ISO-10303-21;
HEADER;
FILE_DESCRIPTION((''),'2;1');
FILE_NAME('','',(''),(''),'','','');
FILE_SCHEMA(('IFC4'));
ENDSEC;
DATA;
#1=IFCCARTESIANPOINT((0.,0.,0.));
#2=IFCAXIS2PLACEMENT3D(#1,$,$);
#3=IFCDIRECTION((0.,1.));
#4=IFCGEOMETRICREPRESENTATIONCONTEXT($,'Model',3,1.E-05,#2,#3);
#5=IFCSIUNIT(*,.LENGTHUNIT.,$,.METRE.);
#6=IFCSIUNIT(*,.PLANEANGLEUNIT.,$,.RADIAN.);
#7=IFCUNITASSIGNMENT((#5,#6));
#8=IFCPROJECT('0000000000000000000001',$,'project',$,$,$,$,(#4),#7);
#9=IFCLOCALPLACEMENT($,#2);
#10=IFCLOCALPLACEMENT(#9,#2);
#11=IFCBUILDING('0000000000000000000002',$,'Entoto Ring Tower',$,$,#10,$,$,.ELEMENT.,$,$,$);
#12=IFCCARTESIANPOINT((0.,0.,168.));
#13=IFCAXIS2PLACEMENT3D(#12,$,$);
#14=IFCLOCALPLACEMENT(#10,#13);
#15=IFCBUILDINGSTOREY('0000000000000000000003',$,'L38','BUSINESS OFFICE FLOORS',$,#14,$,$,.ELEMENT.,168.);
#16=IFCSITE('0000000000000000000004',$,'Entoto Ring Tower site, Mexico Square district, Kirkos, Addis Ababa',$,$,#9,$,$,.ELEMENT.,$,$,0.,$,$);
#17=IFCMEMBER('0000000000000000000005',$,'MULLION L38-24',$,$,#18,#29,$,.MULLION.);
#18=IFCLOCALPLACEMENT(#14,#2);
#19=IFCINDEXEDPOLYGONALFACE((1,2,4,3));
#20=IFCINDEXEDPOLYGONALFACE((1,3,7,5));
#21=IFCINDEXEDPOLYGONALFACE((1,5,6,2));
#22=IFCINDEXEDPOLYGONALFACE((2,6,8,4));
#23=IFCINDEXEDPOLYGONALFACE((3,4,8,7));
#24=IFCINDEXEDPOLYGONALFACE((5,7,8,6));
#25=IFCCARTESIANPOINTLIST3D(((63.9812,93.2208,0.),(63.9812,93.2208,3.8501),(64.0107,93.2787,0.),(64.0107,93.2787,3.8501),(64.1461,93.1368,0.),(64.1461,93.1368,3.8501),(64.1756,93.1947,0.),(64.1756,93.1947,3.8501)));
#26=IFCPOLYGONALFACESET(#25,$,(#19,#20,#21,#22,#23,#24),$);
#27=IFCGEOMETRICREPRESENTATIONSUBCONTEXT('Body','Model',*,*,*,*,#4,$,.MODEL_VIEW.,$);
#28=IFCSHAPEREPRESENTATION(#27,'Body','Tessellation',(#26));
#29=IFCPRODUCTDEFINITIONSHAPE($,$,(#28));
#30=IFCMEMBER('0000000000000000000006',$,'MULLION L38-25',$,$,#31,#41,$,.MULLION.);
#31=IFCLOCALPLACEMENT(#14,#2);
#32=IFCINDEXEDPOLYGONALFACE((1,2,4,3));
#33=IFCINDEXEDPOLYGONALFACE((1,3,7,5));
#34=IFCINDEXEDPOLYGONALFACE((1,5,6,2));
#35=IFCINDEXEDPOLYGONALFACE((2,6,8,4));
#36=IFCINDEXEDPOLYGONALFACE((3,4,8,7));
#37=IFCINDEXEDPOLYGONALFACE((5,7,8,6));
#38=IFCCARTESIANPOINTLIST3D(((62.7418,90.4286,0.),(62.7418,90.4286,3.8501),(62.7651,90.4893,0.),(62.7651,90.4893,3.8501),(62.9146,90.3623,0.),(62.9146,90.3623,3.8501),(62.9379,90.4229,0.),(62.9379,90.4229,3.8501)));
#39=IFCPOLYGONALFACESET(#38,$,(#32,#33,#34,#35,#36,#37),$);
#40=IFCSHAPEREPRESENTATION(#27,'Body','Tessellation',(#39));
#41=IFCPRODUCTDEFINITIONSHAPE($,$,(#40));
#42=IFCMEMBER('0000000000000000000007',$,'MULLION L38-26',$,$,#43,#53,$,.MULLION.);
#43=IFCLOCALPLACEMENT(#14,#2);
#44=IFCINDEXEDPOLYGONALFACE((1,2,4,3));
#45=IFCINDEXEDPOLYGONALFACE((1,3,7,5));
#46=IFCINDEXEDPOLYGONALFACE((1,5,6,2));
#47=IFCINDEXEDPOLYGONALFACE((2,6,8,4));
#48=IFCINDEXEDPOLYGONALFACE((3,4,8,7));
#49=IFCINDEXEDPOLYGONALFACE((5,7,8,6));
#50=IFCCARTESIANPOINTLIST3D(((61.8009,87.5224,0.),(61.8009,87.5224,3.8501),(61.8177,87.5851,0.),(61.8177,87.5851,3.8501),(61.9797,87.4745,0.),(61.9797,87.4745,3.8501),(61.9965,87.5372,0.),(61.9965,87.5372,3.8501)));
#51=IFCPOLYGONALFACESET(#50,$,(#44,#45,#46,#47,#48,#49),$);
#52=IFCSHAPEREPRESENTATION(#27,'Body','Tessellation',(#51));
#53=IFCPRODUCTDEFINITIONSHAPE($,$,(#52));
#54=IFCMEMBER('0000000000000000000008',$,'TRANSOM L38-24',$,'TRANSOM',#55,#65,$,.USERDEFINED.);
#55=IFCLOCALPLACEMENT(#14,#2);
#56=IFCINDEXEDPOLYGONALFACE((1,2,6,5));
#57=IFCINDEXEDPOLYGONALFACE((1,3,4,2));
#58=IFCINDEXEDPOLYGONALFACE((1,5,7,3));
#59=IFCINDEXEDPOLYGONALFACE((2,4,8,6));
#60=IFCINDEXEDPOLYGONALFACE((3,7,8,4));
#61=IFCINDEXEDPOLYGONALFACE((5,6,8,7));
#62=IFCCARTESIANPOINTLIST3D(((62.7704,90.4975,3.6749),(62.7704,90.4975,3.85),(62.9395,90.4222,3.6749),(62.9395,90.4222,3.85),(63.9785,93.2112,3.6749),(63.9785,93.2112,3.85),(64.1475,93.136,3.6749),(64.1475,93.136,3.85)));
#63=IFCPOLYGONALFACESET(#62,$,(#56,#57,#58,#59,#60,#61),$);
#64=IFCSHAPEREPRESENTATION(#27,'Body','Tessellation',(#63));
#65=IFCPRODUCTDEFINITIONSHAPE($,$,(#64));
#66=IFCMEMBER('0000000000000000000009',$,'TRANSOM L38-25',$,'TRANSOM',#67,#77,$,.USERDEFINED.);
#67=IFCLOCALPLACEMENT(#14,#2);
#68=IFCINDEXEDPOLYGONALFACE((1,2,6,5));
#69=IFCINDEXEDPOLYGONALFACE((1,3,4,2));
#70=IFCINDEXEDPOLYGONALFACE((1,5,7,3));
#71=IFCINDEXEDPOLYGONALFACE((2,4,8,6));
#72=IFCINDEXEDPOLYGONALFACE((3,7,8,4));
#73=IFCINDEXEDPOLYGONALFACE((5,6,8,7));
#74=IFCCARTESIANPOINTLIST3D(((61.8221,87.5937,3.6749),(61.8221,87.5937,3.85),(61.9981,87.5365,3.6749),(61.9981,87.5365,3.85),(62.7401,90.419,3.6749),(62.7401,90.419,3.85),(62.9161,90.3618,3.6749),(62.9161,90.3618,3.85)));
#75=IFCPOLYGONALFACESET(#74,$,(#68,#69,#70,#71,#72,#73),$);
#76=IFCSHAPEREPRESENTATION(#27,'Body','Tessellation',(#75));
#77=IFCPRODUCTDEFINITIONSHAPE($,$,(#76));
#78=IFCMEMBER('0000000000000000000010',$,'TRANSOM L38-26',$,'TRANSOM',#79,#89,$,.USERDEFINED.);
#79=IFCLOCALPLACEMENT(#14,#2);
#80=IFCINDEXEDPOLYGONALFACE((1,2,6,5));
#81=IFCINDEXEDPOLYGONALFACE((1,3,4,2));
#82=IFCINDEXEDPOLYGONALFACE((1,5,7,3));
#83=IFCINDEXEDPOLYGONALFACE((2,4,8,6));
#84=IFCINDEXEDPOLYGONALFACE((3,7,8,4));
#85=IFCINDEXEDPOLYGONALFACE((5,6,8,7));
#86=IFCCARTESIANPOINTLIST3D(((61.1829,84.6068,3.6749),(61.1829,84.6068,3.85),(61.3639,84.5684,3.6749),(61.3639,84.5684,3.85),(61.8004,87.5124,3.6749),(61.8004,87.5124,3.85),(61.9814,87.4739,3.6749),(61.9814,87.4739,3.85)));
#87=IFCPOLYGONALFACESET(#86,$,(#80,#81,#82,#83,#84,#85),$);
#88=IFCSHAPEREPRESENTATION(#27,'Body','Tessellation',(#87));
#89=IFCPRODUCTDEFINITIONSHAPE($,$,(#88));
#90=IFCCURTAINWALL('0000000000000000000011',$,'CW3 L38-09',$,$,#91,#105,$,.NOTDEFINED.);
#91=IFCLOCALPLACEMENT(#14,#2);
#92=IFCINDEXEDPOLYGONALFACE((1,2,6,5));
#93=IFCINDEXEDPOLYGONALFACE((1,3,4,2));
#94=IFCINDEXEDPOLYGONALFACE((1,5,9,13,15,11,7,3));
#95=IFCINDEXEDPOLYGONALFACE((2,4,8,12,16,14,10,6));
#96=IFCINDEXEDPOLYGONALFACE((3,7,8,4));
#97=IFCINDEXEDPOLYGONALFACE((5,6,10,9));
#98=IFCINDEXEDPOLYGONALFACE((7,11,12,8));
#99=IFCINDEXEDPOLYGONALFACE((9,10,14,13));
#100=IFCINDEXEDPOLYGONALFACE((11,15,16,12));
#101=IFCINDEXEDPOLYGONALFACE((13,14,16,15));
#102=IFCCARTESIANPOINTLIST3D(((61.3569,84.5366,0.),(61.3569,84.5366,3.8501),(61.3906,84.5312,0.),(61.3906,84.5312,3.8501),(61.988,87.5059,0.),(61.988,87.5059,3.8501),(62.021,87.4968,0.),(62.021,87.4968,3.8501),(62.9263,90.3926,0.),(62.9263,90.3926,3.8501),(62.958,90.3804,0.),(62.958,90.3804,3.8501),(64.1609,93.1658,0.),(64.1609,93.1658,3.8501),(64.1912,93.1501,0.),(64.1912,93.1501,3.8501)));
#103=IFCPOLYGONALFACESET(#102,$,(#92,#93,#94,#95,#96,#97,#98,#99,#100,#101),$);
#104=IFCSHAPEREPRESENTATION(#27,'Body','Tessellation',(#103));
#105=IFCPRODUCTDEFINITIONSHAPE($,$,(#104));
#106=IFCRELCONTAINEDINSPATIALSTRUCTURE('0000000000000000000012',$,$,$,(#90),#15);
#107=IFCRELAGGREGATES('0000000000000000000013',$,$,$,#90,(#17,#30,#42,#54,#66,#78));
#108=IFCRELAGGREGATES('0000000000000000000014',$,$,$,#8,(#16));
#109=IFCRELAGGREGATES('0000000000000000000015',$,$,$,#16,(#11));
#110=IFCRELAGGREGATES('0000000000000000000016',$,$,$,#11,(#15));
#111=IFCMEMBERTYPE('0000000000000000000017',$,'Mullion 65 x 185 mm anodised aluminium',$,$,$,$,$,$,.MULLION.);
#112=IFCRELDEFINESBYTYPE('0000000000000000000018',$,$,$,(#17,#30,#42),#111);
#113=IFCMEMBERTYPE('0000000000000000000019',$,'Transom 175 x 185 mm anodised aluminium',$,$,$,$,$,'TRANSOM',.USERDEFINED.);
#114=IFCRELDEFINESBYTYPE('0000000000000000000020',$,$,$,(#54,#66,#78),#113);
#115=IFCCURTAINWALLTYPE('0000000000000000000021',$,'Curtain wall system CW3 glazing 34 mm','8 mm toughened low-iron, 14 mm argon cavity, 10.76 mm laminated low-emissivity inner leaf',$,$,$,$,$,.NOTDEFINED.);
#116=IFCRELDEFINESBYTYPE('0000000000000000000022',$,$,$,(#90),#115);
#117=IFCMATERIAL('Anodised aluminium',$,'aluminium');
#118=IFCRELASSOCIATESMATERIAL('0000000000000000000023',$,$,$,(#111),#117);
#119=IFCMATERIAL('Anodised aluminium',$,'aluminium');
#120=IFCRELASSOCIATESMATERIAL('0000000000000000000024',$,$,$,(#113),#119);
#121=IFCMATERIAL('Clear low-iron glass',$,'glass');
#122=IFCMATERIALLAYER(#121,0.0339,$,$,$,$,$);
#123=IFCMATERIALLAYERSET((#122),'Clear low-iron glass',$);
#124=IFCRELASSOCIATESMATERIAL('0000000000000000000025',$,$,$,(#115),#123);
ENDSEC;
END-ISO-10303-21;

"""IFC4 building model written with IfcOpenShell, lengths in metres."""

from ifc_helpers import new_model, si_unit, direction, frame, origin, origin_2d, place, context, subcontext, project, spatial, polyline, rectangle, outline, extrude, material, layer, layer_set, material_profile, profile_set, type_object, element, aggregate, save


model = new_model("IFC4")

# Units and contexts
model_context = context("Model", 3, precision=1e-05, world=origin(), true_north=direction((0.0, 1.0)))
body_context = subcontext(model_context, "Body", "Model", "MODEL_VIEW")
ifc_project = project(units=[si_unit("LENGTHUNIT", "METRE"), si_unit("PLANEANGLEUNIT", "RADIAN")], contexts=[model_context])

# Members
ifc_material_1 = material(Name="Anodised aluminium", Category="aluminium")
ifc_material_profile_1 = material_profile(ifc_material_1, rectangle(XDim=0.0649, YDim=0.1851, at=origin_2d()), Name="Mullion 65 x 185 mm anodised aluminium")
ifc_profile_set_1 = profile_set([ifc_material_profile_1], Name="Anodised aluminium")
member_type_1 = type_object("IfcMemberType", Name="Mullion 65 x 185 mm anodised aluminium", PredefinedType="MULLION", material=ifc_profile_set_1)
site_placement = place(None, origin())
building_placement = place(site_placement, origin())
storey_placement = place(building_placement, frame((0.0, 0.0, 168.0)))
member_1_placement = place(storey_placement, frame((64.0784, 93.2078, 0.0), z_axis=(0.0, 0.0, 1.0), x_axis=(-0.45399, -0.891007, 0.0)))
member_1 = element("IfcMember", 1, at=member_1_placement, type_object=member_type_1, Name="MULLION L38-24", PredefinedType="MULLION", context=body_context, shape_type="SweptSolid", body=[
    extrude(rectangle(XDim=0.0649, YDim=0.1851, at=origin_2d()), origin(), (0.0, 0.0, 1.0), 3.8501),
])
member_2_placement = place(storey_placement, frame((62.8398, 90.4258, 0.0), z_axis=(0.0, 0.0, 1.0), x_axis=(-0.358368, -0.93358, 0.0)))
member_2 = element("IfcMember", 2, at=member_2_placement, type_object=member_type_1, Name="MULLION L38-25", PredefinedType="MULLION", context=body_context, shape_type="SweptSolid", body=[
    extrude(rectangle(XDim=0.0649, YDim=0.1851, at=origin_2d()), origin(), (0.0, 0.0, 1.0), 3.8501),
])
member_3_placement = place(storey_placement, frame((61.8987, 87.5298, 0.0), z_axis=(0.0, 0.0, 1.0), x_axis=(-0.258819, -0.965926, 0.0)))
member_3 = element("IfcMember", 3, at=member_3_placement, type_object=member_type_1, Name="MULLION L38-26", PredefinedType="MULLION", context=body_context, shape_type="SweptSolid", body=[
    extrude(rectangle(XDim=0.0649, YDim=0.1851, at=origin_2d()), origin(), (0.0, 0.0, 1.0), 3.8501),
])
ifc_material_2 = material(Name="Anodised aluminium", Category="aluminium")
ifc_material_profile_2 = material_profile(ifc_material_2, rectangle(XDim=0.1851, YDim=0.175, at=origin_2d()), Name="Transom 175 x 185 mm anodised aluminium")
ifc_profile_set_2 = profile_set([ifc_material_profile_2], Name="Anodised aluminium")
member_type_2 = type_object("IfcMemberType", Name="Transom 175 x 185 mm anodised aluminium", ElementType="TRANSOM", PredefinedType="USERDEFINED", material=ifc_profile_set_2)
member_4_placement = place(storey_placement, frame((64.063, 93.1736, 3.7625), z_axis=(-0.406687, -0.913567, 0.0), x_axis=(0.913567, -0.406687, 0.0)))
member_4 = element("IfcMember", 4, at=member_4_placement, type_object=member_type_2, Name="TRANSOM L38-24", ObjectType="TRANSOM", PredefinedType="USERDEFINED", context=body_context, shape_type="SweptSolid", body=[
    extrude(rectangle(XDim=0.1851, YDim=0.175, at=origin_2d()), origin(), (0.0, 0.0, 1.0), 2.9705),
])
member_5_placement = place(storey_placement, frame((62.8281, 90.3904, 3.7625), z_axis=(-0.309019, -0.951056, 0.0), x_axis=(0.951056, -0.309019, 0.0)))
member_5 = element("IfcMember", 5, at=member_5_placement, type_object=member_type_2, Name="TRANSOM L38-25", ObjectType="TRANSOM", PredefinedType="USERDEFINED", context=body_context, shape_type="SweptSolid", body=[
    extrude(rectangle(XDim=0.1851, YDim=0.175, at=origin_2d()), origin(), (0.0, 0.0, 1.0), 2.9707),
])
member_6_placement = place(storey_placement, frame((61.8909, 87.4932, 3.7625), z_axis=(-0.207862, -0.978158, 0.0), x_axis=(0.978158, -0.207862, 0.0)))
member_6 = element("IfcMember", 6, at=member_6_placement, type_object=member_type_2, Name="TRANSOM L38-26", ObjectType="TRANSOM", PredefinedType="USERDEFINED", context=body_context, shape_type="SweptSolid", body=[
    extrude(rectangle(XDim=0.1851, YDim=0.175, at=origin_2d()), origin(), (0.0, 0.0, 1.0), 2.9705),
])

# Site, building, storey
site = spatial("IfcSite", under=ifc_project, at=site_placement, Name="Entoto Ring Tower site, Mexico Square district, Kirkos, Addis Ababa", CompositionType="ELEMENT", RefElevation=0.0)
building = spatial("IfcBuilding", under=site, at=building_placement, Name="Entoto Ring Tower", CompositionType="ELEMENT")
storey = spatial("IfcBuildingStorey", under=building, at=storey_placement, Name="L38", Description="BUSINESS OFFICE FLOORS", CompositionType="ELEMENT", Elevation=168.0)

# Curtain wall
ifc_material_3 = material(Name="Clear low-iron glass", Category="glass")
ifc_layer = layer(ifc_material_3, 0.0339)
ifc_layer_set = layer_set([ifc_layer], Name="Clear low-iron glass")
curtain_wall_type = type_object("IfcCurtainWallType", Name="Curtain wall system CW3 glazing 34 mm", Description="8 mm toughened low-iron, 14 mm argon cavity, 10.76 mm laminated low-emissivity inner leaf", PredefinedType="NOTDEFINED", material=ifc_layer_set)
curtain_wall_1_placement = place(storey_placement, origin())
curtain_wall_1 = element("IfcCurtainWall", 7, at=curtain_wall_1_placement, inside=storey, type_object=curtain_wall_type, Name="CW3 L38-09", PredefinedType="NOTDEFINED", context=body_context, shape_type="SweptSolid", body=[
    extrude(outline(polyline([(64.1609, 93.1658), (62.9263, 90.3926), (61.988, 87.5059), (61.3569, 84.5366), (61.3906, 84.5312), (62.021, 87.4968), (62.958, 90.3804), (64.1912, 93.1501), (64.1609, 93.1658)])), origin(), (0.0, 0.0, 1.0), 3.8501),
])
aggregate(curtain_wall_1, [member_1, member_2, member_3, member_4, member_5, member_6])

save(model, "model.ifc")
